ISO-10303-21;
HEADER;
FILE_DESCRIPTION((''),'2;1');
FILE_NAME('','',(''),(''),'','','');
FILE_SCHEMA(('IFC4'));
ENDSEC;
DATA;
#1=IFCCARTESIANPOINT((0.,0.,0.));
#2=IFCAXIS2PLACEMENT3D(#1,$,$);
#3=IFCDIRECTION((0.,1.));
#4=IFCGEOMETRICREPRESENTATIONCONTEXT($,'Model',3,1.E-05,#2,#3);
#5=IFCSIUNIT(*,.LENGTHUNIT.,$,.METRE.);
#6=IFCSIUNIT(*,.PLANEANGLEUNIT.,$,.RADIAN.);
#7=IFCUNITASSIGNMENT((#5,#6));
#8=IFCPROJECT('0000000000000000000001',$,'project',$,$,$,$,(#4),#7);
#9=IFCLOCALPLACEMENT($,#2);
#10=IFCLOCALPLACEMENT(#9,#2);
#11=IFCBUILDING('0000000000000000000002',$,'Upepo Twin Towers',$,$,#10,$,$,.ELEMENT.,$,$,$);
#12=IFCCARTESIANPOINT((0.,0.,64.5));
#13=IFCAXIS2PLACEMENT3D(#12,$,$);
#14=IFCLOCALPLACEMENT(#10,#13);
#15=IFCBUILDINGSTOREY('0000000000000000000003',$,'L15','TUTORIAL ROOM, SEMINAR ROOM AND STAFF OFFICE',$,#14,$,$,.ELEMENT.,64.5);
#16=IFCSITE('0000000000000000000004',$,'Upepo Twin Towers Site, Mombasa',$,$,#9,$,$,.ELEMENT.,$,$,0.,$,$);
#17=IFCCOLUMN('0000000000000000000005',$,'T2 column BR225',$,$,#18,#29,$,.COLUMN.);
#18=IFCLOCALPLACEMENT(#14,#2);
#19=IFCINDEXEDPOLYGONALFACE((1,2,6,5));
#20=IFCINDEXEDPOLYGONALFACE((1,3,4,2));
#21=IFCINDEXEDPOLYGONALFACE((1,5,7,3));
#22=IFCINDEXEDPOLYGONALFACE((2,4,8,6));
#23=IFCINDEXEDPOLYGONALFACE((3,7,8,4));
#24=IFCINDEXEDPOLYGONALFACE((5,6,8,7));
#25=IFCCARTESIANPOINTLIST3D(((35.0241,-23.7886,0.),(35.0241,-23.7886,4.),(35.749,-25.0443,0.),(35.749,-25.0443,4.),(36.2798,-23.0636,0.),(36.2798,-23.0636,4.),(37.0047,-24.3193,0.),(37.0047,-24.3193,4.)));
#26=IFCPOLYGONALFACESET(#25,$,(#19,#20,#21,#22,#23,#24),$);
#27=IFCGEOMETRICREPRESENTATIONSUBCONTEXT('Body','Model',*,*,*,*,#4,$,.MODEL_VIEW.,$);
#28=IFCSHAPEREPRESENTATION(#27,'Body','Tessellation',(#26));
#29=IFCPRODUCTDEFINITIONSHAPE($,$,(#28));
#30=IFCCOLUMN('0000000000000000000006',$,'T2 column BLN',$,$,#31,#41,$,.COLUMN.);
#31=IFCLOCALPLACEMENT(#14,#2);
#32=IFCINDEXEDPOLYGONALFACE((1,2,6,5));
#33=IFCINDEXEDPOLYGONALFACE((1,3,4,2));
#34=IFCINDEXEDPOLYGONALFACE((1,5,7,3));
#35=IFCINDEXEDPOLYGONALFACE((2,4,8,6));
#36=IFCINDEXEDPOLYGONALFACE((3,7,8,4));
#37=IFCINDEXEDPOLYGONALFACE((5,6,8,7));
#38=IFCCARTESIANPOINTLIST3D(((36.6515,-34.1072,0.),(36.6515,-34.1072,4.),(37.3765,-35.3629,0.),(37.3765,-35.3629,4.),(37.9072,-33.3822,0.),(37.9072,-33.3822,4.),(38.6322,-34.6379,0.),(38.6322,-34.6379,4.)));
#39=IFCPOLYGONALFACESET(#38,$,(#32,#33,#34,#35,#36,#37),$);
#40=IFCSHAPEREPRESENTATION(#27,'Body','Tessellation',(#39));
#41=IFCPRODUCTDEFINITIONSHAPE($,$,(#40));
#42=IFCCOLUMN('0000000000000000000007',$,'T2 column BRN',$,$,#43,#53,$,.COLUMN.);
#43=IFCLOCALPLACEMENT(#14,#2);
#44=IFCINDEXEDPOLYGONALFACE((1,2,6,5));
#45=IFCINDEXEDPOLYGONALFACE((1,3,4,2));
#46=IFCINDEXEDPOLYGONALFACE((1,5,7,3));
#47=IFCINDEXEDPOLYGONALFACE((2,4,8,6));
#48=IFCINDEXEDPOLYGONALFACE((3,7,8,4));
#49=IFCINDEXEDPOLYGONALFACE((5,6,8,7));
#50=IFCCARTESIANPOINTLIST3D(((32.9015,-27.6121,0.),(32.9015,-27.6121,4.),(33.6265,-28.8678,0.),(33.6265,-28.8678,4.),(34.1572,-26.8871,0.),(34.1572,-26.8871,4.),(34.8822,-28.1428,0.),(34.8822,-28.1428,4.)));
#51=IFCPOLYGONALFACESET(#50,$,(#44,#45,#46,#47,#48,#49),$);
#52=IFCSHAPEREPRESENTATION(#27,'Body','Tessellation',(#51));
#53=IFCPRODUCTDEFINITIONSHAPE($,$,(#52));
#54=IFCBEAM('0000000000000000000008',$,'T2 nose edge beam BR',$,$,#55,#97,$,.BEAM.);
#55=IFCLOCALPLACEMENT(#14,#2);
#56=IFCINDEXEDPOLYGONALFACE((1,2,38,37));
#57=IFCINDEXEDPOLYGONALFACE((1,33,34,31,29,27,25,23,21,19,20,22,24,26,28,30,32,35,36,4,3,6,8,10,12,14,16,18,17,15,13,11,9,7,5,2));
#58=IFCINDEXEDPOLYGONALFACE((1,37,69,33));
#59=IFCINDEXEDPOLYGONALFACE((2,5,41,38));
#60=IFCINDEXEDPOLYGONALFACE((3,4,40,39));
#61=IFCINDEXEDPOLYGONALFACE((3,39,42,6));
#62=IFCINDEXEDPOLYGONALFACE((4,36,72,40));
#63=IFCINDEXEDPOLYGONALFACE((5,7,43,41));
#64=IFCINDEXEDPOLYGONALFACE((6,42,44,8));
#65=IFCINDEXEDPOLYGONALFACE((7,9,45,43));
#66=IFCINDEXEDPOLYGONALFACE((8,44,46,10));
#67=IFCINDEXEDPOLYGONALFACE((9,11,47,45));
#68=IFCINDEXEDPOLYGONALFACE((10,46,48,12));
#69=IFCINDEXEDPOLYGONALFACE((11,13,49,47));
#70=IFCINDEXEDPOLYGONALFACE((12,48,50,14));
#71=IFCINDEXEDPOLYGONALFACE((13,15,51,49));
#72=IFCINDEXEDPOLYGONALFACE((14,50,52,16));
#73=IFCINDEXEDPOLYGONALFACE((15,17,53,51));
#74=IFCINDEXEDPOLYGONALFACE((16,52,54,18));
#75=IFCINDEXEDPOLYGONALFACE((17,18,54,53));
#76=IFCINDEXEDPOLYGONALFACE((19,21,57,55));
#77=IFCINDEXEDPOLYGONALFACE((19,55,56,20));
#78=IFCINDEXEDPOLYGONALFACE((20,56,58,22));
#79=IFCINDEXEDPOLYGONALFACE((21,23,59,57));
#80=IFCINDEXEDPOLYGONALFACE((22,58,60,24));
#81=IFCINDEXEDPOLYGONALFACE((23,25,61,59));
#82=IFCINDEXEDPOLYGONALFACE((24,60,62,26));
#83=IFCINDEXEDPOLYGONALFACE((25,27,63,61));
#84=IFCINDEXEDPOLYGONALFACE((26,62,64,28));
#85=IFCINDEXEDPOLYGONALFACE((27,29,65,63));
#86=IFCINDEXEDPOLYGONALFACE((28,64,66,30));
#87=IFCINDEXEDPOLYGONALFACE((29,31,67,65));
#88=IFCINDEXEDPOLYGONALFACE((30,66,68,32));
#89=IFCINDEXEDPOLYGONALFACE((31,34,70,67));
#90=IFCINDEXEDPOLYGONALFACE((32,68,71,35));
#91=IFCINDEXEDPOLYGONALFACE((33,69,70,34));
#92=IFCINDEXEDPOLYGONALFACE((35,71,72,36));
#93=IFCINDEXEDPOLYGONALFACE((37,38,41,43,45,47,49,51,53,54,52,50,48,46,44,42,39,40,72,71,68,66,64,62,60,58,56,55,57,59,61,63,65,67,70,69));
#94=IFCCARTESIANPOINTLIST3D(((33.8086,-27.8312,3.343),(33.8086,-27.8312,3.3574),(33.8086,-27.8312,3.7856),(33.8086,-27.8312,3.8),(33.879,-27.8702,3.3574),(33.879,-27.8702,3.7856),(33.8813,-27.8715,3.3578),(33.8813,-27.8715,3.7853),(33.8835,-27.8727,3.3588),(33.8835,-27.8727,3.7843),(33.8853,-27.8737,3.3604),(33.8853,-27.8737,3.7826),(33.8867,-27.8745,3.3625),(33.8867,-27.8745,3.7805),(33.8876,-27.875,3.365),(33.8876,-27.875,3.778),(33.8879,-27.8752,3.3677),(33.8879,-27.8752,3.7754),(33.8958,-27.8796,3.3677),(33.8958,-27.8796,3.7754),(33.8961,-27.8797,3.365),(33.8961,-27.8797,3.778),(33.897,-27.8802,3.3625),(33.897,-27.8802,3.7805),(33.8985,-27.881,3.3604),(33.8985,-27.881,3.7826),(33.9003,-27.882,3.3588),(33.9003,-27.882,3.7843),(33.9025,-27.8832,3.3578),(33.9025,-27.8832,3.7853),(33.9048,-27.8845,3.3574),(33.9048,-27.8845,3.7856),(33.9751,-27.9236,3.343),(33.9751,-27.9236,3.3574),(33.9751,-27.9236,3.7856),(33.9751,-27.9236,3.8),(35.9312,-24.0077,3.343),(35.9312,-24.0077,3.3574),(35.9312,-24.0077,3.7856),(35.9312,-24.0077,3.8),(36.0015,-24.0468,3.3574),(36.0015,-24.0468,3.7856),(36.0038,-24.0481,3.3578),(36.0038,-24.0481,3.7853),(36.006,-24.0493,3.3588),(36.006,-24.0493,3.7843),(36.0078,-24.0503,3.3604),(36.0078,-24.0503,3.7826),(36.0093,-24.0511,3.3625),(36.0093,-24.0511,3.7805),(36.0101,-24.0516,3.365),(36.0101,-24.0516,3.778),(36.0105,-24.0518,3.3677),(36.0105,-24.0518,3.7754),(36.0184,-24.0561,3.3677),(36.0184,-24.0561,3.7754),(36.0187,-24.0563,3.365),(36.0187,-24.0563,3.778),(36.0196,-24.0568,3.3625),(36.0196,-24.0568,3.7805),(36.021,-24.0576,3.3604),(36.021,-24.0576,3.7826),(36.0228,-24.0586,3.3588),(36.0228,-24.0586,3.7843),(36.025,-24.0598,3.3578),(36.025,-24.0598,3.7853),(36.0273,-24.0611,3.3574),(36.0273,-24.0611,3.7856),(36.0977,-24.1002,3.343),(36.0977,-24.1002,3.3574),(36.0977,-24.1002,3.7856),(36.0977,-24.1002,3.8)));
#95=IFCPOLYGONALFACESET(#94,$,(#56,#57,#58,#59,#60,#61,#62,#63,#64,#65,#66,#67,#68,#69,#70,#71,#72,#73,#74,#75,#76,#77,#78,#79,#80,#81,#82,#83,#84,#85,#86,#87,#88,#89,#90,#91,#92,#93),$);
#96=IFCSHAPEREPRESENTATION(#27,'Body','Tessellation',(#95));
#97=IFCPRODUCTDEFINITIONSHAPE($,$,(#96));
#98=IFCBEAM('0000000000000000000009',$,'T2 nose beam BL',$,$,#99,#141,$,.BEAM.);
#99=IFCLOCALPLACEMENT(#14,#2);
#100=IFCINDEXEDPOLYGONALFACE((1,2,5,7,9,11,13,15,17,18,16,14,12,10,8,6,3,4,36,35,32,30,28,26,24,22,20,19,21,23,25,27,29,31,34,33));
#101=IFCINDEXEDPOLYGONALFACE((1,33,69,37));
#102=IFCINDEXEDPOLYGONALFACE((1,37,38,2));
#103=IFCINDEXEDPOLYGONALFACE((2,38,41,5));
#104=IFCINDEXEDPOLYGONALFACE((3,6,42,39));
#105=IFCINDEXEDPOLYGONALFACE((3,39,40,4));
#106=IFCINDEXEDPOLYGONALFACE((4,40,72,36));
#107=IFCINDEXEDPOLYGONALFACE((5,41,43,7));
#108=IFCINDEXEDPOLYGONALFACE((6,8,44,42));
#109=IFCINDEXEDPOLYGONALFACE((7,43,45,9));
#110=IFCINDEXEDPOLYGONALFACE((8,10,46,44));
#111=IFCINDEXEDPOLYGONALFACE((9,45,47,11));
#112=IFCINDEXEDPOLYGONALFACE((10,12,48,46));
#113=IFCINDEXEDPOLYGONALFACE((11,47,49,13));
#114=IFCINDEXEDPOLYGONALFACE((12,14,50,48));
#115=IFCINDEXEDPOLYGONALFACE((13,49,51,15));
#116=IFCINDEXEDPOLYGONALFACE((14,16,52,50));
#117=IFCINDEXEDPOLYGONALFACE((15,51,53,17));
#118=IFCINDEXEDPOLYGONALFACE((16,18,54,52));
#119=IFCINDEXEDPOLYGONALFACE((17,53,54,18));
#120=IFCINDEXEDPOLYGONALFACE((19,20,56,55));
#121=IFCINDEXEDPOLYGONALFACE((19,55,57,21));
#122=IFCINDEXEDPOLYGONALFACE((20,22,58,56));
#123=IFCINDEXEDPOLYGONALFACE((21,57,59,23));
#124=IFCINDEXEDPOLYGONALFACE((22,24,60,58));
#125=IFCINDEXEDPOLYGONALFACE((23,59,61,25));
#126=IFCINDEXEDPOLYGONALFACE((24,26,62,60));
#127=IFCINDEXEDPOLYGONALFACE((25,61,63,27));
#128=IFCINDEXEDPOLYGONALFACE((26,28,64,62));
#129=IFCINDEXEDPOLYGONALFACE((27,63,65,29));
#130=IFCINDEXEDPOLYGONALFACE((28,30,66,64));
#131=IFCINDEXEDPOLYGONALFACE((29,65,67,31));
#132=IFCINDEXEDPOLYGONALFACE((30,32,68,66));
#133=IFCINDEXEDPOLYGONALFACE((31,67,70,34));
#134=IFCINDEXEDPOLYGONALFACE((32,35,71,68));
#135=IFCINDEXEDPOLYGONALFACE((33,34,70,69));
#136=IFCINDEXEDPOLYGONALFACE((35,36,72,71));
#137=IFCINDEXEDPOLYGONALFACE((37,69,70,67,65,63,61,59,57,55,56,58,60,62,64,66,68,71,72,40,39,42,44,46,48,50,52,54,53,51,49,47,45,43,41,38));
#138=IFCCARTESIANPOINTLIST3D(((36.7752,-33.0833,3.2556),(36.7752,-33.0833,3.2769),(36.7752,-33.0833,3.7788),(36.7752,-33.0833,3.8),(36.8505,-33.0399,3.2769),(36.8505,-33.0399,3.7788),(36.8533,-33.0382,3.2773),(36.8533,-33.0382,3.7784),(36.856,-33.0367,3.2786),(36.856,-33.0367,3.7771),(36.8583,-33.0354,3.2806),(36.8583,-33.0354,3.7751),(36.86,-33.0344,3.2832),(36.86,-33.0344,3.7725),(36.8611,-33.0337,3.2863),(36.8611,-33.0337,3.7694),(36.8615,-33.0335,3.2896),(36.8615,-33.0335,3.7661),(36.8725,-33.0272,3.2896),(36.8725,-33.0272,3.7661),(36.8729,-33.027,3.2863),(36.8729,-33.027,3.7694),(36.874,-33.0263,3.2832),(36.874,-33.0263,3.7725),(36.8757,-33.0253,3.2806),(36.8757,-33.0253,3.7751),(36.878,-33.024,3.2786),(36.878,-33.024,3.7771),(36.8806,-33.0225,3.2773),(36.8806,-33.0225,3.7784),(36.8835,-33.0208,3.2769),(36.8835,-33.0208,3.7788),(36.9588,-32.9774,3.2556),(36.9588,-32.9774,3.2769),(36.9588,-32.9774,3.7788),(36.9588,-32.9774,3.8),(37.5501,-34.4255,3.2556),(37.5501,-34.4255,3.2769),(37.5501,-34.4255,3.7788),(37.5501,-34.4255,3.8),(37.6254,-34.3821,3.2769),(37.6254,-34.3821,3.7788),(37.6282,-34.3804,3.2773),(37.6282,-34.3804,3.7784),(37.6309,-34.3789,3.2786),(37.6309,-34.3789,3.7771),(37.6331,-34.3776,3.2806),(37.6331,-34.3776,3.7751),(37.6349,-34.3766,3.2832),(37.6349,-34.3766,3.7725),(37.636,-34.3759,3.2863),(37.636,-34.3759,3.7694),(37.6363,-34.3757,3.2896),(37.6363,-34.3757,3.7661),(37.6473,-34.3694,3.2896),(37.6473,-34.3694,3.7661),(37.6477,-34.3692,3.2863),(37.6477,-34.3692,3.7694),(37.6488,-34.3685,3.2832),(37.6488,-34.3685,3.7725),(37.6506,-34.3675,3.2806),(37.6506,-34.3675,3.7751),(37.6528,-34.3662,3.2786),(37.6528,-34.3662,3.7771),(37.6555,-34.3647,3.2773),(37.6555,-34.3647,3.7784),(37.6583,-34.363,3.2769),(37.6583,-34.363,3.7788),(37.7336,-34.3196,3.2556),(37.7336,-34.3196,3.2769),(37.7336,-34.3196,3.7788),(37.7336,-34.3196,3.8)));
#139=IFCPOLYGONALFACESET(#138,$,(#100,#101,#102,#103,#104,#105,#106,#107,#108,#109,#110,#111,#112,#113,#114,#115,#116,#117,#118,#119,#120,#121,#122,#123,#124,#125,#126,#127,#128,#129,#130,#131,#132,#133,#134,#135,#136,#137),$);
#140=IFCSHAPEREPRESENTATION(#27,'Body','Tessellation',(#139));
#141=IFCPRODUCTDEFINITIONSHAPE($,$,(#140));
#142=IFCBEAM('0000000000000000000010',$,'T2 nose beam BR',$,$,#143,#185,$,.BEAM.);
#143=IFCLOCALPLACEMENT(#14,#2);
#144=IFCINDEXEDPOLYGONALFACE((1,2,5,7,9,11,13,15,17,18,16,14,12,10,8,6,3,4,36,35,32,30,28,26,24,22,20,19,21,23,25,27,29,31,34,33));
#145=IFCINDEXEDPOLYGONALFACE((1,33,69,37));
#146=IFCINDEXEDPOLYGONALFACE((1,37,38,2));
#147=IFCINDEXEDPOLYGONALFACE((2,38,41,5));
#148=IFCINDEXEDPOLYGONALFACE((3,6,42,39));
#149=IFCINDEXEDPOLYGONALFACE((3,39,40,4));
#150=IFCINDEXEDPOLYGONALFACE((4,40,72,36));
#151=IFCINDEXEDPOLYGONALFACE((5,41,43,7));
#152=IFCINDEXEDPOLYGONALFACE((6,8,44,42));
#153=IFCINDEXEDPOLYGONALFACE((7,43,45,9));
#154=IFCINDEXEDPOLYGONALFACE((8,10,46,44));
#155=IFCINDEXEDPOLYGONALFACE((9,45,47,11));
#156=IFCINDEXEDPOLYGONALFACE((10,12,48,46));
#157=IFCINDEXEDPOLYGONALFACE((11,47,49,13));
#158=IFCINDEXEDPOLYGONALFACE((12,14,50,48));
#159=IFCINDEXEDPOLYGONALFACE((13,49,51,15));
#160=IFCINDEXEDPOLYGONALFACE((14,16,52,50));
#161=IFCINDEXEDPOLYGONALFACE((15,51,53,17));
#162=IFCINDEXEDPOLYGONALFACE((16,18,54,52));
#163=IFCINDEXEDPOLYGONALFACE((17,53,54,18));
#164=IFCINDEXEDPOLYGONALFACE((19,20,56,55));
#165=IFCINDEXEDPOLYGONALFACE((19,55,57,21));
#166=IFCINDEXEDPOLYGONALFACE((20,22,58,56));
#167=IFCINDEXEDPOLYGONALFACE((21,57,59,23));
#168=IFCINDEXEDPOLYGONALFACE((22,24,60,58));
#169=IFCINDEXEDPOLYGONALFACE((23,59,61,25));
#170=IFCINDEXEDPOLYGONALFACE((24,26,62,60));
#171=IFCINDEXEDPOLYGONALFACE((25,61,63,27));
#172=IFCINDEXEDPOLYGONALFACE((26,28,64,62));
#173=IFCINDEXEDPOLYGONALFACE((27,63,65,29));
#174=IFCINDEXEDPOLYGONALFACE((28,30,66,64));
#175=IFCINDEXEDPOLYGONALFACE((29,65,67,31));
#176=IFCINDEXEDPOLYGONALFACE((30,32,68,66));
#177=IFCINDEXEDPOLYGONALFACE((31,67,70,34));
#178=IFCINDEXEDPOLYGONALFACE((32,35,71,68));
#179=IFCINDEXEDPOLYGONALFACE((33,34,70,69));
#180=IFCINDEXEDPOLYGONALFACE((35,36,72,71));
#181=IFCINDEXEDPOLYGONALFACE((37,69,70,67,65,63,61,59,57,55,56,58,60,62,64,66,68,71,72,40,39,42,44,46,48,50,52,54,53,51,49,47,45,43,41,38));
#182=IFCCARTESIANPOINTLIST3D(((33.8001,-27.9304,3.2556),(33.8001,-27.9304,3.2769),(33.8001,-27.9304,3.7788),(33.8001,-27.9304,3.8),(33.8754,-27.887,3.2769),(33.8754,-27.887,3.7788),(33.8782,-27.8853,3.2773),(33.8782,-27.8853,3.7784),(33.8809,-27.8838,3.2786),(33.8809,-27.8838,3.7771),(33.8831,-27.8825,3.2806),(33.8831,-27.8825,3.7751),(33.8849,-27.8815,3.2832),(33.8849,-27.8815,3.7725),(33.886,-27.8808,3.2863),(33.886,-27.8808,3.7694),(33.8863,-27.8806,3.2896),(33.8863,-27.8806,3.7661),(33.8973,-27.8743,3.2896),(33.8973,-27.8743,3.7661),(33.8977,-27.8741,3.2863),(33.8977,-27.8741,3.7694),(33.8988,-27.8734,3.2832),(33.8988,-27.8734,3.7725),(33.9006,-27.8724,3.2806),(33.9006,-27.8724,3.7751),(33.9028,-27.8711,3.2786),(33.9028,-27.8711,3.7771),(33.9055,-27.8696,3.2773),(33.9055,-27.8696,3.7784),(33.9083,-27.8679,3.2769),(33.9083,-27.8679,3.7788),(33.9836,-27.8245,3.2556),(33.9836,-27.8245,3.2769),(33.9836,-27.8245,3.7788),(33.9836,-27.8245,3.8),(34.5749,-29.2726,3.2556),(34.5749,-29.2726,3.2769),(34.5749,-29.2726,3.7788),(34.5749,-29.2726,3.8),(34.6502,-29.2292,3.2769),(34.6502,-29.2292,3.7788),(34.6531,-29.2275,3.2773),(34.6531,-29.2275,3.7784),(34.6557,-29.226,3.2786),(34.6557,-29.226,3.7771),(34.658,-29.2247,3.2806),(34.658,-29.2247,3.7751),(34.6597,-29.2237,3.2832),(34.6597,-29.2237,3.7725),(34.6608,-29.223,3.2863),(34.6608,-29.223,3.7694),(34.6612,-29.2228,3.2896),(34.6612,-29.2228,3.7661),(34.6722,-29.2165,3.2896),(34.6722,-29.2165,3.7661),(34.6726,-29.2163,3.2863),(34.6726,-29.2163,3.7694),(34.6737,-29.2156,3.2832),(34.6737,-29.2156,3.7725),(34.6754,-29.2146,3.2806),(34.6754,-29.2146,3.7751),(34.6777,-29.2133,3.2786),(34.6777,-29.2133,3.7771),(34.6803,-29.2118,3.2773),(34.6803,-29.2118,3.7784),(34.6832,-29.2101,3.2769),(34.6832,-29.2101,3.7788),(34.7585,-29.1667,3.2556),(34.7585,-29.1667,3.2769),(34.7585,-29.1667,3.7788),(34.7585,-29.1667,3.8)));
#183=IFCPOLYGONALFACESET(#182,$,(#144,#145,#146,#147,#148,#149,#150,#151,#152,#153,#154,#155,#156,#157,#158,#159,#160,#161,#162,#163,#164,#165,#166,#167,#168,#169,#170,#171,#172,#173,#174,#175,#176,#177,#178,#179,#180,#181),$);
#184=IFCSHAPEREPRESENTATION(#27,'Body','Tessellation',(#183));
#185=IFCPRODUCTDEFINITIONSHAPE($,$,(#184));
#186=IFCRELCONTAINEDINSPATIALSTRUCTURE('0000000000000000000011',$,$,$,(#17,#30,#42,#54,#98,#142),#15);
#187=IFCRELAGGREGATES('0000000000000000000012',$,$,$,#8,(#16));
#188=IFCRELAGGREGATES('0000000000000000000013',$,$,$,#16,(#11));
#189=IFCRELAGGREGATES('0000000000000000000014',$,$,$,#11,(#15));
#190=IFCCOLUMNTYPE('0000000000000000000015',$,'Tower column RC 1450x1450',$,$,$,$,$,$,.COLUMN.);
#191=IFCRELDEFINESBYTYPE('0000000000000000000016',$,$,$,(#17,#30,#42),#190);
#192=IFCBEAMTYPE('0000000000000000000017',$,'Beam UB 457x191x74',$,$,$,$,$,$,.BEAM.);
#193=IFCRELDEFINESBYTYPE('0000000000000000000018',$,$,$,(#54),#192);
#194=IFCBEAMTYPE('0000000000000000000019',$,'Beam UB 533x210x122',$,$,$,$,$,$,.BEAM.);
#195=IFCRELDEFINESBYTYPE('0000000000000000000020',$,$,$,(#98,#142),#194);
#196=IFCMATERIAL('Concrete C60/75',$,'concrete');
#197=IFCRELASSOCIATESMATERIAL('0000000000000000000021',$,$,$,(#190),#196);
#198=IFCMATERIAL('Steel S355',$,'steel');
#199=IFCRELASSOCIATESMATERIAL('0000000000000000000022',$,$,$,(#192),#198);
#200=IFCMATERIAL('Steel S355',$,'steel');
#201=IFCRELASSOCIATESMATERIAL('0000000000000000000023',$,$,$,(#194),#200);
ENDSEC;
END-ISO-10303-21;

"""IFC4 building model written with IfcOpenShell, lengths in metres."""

from ifc_helpers import new_model, si_unit, direction, frame, origin, origin_2d, place, context, subcontext, project, spatial, rectangle, i_section, extrude, material, material_profile, profile_set, type_object, element, save


model = new_model("IFC4")

# Units and contexts
model_context = context("Model", 3, precision=1e-05, world=origin(), true_north=direction((0.0, 1.0)))
body_context = subcontext(model_context, "Body", "Model", "MODEL_VIEW")
ifc_project = project(units=[si_unit("LENGTHUNIT", "METRE"), si_unit("PLANEANGLEUNIT", "RADIAN")], contexts=[model_context])

# Site, building, storey
site_placement = place(None, origin())
site = spatial("IfcSite", under=ifc_project, at=site_placement, Name="Upepo Twin Towers Site, Mombasa", CompositionType="ELEMENT", RefElevation=0.0)
building_placement = place(site_placement, origin())
building = spatial("IfcBuilding", under=site, at=building_placement, Name="Upepo Twin Towers", CompositionType="ELEMENT")
storey_placement = place(building_placement, frame((0.0, 0.0, 64.5)))
storey = spatial("IfcBuildingStorey", under=building, at=storey_placement, Name="L15", Description="TUTORIAL ROOM, SEMINAR ROOM AND STAFF OFFICE", CompositionType="ELEMENT", Elevation=64.5)

# Columns
ifc_material_1 = material(Name="Concrete C60/75", Category="concrete")
ifc_material_profile_1 = material_profile(ifc_material_1, rectangle(XDim=1.45, YDim=1.45, at=origin_2d()), Name="RC 1450x1450")
ifc_profile_set_1 = profile_set([ifc_material_profile_1], Name="Concrete C60/75")
column_type = type_object("IfcColumnType", Name="Tower column RC 1450x1450", PredefinedType="COLUMN", material=ifc_profile_set_1)
for number, where, z_axis, x_axis, name in (
    (1, (36.0144, -24.054, 0.0), (0.0, 0.0, 1.0), (0.866025, 0.5, 0.0), "T2 column BR225"),
    (2, (37.6418, -34.3726, 0.0), (0.0, 0.0, 1.0), (0.866025, 0.5, 0.0), "T2 column BLN"),
    (3, (33.8918, -27.8774, 0.0), (0.0, 0.0, 1.0), (0.866025, 0.5, 0.0), "T2 column BRN"),
):
    element("IfcColumn", number, at=place(storey_placement, frame(where, z_axis=z_axis, x_axis=x_axis)), inside=storey, type_object=column_type, Name=name, PredefinedType="COLUMN", context=body_context, shape_type="SweptSolid", body=[
        extrude(rectangle(XDim=1.45, YDim=1.45, at=origin_2d()), origin(), (0.0, 0.0, 1.0), 4.0),
    ])

# Beams
ifc_material_2 = material(Name="Steel S355", Category="steel")
ifc_material_profile_2 = material_profile(ifc_material_2, i_section(OverallWidth=0.1904, OverallDepth=0.457, WebThickness=0.009, FlangeThickness=0.0144, FilletRadius=0.0103, at=origin_2d()), Name="UB 457x191x74")
ifc_profile_set_2 = profile_set([ifc_material_profile_2], Name="Steel S355")
beam_type_1 = type_object("IfcBeamType", Name="Beam UB 457x191x74", PredefinedType="BEAM", material=ifc_profile_set_2)
beam_1_placement = place(storey_placement, frame((36.0144, -24.054, 3.5715), z_axis=(-0.485363, -0.874313, 0.0), x_axis=(0.874313, -0.485363, 0.0)))
element("IfcBeam", 4, at=beam_1_placement, inside=storey, type_object=beam_type_1, Name="T2 nose edge beam BR", PredefinedType="BEAM", context=body_context, shape_type="SweptSolid", body=[
    extrude(i_section(OverallWidth=0.1904, OverallDepth=0.457, WebThickness=0.009, FlangeThickness=0.0144, FilletRadius=0.0103, at=origin_2d()), origin(), (0.0, 0.0, 1.0), 4.373),
])
ifc_material_3 = material(Name="Steel S355", Category="steel")
ifc_material_profile_3 = material_profile(ifc_material_3, i_section(OverallWidth=0.2119, OverallDepth=0.5444, WebThickness=0.0127, FlangeThickness=0.0212, FilletRadius=0.0127, at=origin_2d()), Name="UB 533x210x122")
ifc_profile_set_3 = profile_set([ifc_material_profile_3], Name="Steel S355")
beam_type_2 = type_object("IfcBeamType", Name="Beam UB 533x210x122", PredefinedType="BEAM", material=ifc_profile_set_3)
for number, where, z_axis, x_axis, name in (
    (5, (37.6418, -34.3726, 3.5278), (-0.499968, 0.866044, 0.0), (-0.866044, -0.499968, 0.0), "T2 nose beam BL"),
    (6, (33.8918, -27.8774, 3.5278), (0.499968, -0.866044, 0.0), (0.866044, 0.499968, 0.0), "T2 nose beam BR"),
):
    element("IfcBeam", number, at=place(storey_placement, frame(where, z_axis=z_axis, x_axis=x_axis)), inside=storey, type_object=beam_type_2, Name=name, PredefinedType="BEAM", context=body_context, shape_type="SweptSolid", body=[
        extrude(i_section(OverallWidth=0.2119, OverallDepth=0.5444, WebThickness=0.0127, FlangeThickness=0.0212, FilletRadius=0.0127, at=origin_2d()), origin(), (0.0, 0.0, 1.0), 1.5498),
    ])

save(model, "model.ifc")
